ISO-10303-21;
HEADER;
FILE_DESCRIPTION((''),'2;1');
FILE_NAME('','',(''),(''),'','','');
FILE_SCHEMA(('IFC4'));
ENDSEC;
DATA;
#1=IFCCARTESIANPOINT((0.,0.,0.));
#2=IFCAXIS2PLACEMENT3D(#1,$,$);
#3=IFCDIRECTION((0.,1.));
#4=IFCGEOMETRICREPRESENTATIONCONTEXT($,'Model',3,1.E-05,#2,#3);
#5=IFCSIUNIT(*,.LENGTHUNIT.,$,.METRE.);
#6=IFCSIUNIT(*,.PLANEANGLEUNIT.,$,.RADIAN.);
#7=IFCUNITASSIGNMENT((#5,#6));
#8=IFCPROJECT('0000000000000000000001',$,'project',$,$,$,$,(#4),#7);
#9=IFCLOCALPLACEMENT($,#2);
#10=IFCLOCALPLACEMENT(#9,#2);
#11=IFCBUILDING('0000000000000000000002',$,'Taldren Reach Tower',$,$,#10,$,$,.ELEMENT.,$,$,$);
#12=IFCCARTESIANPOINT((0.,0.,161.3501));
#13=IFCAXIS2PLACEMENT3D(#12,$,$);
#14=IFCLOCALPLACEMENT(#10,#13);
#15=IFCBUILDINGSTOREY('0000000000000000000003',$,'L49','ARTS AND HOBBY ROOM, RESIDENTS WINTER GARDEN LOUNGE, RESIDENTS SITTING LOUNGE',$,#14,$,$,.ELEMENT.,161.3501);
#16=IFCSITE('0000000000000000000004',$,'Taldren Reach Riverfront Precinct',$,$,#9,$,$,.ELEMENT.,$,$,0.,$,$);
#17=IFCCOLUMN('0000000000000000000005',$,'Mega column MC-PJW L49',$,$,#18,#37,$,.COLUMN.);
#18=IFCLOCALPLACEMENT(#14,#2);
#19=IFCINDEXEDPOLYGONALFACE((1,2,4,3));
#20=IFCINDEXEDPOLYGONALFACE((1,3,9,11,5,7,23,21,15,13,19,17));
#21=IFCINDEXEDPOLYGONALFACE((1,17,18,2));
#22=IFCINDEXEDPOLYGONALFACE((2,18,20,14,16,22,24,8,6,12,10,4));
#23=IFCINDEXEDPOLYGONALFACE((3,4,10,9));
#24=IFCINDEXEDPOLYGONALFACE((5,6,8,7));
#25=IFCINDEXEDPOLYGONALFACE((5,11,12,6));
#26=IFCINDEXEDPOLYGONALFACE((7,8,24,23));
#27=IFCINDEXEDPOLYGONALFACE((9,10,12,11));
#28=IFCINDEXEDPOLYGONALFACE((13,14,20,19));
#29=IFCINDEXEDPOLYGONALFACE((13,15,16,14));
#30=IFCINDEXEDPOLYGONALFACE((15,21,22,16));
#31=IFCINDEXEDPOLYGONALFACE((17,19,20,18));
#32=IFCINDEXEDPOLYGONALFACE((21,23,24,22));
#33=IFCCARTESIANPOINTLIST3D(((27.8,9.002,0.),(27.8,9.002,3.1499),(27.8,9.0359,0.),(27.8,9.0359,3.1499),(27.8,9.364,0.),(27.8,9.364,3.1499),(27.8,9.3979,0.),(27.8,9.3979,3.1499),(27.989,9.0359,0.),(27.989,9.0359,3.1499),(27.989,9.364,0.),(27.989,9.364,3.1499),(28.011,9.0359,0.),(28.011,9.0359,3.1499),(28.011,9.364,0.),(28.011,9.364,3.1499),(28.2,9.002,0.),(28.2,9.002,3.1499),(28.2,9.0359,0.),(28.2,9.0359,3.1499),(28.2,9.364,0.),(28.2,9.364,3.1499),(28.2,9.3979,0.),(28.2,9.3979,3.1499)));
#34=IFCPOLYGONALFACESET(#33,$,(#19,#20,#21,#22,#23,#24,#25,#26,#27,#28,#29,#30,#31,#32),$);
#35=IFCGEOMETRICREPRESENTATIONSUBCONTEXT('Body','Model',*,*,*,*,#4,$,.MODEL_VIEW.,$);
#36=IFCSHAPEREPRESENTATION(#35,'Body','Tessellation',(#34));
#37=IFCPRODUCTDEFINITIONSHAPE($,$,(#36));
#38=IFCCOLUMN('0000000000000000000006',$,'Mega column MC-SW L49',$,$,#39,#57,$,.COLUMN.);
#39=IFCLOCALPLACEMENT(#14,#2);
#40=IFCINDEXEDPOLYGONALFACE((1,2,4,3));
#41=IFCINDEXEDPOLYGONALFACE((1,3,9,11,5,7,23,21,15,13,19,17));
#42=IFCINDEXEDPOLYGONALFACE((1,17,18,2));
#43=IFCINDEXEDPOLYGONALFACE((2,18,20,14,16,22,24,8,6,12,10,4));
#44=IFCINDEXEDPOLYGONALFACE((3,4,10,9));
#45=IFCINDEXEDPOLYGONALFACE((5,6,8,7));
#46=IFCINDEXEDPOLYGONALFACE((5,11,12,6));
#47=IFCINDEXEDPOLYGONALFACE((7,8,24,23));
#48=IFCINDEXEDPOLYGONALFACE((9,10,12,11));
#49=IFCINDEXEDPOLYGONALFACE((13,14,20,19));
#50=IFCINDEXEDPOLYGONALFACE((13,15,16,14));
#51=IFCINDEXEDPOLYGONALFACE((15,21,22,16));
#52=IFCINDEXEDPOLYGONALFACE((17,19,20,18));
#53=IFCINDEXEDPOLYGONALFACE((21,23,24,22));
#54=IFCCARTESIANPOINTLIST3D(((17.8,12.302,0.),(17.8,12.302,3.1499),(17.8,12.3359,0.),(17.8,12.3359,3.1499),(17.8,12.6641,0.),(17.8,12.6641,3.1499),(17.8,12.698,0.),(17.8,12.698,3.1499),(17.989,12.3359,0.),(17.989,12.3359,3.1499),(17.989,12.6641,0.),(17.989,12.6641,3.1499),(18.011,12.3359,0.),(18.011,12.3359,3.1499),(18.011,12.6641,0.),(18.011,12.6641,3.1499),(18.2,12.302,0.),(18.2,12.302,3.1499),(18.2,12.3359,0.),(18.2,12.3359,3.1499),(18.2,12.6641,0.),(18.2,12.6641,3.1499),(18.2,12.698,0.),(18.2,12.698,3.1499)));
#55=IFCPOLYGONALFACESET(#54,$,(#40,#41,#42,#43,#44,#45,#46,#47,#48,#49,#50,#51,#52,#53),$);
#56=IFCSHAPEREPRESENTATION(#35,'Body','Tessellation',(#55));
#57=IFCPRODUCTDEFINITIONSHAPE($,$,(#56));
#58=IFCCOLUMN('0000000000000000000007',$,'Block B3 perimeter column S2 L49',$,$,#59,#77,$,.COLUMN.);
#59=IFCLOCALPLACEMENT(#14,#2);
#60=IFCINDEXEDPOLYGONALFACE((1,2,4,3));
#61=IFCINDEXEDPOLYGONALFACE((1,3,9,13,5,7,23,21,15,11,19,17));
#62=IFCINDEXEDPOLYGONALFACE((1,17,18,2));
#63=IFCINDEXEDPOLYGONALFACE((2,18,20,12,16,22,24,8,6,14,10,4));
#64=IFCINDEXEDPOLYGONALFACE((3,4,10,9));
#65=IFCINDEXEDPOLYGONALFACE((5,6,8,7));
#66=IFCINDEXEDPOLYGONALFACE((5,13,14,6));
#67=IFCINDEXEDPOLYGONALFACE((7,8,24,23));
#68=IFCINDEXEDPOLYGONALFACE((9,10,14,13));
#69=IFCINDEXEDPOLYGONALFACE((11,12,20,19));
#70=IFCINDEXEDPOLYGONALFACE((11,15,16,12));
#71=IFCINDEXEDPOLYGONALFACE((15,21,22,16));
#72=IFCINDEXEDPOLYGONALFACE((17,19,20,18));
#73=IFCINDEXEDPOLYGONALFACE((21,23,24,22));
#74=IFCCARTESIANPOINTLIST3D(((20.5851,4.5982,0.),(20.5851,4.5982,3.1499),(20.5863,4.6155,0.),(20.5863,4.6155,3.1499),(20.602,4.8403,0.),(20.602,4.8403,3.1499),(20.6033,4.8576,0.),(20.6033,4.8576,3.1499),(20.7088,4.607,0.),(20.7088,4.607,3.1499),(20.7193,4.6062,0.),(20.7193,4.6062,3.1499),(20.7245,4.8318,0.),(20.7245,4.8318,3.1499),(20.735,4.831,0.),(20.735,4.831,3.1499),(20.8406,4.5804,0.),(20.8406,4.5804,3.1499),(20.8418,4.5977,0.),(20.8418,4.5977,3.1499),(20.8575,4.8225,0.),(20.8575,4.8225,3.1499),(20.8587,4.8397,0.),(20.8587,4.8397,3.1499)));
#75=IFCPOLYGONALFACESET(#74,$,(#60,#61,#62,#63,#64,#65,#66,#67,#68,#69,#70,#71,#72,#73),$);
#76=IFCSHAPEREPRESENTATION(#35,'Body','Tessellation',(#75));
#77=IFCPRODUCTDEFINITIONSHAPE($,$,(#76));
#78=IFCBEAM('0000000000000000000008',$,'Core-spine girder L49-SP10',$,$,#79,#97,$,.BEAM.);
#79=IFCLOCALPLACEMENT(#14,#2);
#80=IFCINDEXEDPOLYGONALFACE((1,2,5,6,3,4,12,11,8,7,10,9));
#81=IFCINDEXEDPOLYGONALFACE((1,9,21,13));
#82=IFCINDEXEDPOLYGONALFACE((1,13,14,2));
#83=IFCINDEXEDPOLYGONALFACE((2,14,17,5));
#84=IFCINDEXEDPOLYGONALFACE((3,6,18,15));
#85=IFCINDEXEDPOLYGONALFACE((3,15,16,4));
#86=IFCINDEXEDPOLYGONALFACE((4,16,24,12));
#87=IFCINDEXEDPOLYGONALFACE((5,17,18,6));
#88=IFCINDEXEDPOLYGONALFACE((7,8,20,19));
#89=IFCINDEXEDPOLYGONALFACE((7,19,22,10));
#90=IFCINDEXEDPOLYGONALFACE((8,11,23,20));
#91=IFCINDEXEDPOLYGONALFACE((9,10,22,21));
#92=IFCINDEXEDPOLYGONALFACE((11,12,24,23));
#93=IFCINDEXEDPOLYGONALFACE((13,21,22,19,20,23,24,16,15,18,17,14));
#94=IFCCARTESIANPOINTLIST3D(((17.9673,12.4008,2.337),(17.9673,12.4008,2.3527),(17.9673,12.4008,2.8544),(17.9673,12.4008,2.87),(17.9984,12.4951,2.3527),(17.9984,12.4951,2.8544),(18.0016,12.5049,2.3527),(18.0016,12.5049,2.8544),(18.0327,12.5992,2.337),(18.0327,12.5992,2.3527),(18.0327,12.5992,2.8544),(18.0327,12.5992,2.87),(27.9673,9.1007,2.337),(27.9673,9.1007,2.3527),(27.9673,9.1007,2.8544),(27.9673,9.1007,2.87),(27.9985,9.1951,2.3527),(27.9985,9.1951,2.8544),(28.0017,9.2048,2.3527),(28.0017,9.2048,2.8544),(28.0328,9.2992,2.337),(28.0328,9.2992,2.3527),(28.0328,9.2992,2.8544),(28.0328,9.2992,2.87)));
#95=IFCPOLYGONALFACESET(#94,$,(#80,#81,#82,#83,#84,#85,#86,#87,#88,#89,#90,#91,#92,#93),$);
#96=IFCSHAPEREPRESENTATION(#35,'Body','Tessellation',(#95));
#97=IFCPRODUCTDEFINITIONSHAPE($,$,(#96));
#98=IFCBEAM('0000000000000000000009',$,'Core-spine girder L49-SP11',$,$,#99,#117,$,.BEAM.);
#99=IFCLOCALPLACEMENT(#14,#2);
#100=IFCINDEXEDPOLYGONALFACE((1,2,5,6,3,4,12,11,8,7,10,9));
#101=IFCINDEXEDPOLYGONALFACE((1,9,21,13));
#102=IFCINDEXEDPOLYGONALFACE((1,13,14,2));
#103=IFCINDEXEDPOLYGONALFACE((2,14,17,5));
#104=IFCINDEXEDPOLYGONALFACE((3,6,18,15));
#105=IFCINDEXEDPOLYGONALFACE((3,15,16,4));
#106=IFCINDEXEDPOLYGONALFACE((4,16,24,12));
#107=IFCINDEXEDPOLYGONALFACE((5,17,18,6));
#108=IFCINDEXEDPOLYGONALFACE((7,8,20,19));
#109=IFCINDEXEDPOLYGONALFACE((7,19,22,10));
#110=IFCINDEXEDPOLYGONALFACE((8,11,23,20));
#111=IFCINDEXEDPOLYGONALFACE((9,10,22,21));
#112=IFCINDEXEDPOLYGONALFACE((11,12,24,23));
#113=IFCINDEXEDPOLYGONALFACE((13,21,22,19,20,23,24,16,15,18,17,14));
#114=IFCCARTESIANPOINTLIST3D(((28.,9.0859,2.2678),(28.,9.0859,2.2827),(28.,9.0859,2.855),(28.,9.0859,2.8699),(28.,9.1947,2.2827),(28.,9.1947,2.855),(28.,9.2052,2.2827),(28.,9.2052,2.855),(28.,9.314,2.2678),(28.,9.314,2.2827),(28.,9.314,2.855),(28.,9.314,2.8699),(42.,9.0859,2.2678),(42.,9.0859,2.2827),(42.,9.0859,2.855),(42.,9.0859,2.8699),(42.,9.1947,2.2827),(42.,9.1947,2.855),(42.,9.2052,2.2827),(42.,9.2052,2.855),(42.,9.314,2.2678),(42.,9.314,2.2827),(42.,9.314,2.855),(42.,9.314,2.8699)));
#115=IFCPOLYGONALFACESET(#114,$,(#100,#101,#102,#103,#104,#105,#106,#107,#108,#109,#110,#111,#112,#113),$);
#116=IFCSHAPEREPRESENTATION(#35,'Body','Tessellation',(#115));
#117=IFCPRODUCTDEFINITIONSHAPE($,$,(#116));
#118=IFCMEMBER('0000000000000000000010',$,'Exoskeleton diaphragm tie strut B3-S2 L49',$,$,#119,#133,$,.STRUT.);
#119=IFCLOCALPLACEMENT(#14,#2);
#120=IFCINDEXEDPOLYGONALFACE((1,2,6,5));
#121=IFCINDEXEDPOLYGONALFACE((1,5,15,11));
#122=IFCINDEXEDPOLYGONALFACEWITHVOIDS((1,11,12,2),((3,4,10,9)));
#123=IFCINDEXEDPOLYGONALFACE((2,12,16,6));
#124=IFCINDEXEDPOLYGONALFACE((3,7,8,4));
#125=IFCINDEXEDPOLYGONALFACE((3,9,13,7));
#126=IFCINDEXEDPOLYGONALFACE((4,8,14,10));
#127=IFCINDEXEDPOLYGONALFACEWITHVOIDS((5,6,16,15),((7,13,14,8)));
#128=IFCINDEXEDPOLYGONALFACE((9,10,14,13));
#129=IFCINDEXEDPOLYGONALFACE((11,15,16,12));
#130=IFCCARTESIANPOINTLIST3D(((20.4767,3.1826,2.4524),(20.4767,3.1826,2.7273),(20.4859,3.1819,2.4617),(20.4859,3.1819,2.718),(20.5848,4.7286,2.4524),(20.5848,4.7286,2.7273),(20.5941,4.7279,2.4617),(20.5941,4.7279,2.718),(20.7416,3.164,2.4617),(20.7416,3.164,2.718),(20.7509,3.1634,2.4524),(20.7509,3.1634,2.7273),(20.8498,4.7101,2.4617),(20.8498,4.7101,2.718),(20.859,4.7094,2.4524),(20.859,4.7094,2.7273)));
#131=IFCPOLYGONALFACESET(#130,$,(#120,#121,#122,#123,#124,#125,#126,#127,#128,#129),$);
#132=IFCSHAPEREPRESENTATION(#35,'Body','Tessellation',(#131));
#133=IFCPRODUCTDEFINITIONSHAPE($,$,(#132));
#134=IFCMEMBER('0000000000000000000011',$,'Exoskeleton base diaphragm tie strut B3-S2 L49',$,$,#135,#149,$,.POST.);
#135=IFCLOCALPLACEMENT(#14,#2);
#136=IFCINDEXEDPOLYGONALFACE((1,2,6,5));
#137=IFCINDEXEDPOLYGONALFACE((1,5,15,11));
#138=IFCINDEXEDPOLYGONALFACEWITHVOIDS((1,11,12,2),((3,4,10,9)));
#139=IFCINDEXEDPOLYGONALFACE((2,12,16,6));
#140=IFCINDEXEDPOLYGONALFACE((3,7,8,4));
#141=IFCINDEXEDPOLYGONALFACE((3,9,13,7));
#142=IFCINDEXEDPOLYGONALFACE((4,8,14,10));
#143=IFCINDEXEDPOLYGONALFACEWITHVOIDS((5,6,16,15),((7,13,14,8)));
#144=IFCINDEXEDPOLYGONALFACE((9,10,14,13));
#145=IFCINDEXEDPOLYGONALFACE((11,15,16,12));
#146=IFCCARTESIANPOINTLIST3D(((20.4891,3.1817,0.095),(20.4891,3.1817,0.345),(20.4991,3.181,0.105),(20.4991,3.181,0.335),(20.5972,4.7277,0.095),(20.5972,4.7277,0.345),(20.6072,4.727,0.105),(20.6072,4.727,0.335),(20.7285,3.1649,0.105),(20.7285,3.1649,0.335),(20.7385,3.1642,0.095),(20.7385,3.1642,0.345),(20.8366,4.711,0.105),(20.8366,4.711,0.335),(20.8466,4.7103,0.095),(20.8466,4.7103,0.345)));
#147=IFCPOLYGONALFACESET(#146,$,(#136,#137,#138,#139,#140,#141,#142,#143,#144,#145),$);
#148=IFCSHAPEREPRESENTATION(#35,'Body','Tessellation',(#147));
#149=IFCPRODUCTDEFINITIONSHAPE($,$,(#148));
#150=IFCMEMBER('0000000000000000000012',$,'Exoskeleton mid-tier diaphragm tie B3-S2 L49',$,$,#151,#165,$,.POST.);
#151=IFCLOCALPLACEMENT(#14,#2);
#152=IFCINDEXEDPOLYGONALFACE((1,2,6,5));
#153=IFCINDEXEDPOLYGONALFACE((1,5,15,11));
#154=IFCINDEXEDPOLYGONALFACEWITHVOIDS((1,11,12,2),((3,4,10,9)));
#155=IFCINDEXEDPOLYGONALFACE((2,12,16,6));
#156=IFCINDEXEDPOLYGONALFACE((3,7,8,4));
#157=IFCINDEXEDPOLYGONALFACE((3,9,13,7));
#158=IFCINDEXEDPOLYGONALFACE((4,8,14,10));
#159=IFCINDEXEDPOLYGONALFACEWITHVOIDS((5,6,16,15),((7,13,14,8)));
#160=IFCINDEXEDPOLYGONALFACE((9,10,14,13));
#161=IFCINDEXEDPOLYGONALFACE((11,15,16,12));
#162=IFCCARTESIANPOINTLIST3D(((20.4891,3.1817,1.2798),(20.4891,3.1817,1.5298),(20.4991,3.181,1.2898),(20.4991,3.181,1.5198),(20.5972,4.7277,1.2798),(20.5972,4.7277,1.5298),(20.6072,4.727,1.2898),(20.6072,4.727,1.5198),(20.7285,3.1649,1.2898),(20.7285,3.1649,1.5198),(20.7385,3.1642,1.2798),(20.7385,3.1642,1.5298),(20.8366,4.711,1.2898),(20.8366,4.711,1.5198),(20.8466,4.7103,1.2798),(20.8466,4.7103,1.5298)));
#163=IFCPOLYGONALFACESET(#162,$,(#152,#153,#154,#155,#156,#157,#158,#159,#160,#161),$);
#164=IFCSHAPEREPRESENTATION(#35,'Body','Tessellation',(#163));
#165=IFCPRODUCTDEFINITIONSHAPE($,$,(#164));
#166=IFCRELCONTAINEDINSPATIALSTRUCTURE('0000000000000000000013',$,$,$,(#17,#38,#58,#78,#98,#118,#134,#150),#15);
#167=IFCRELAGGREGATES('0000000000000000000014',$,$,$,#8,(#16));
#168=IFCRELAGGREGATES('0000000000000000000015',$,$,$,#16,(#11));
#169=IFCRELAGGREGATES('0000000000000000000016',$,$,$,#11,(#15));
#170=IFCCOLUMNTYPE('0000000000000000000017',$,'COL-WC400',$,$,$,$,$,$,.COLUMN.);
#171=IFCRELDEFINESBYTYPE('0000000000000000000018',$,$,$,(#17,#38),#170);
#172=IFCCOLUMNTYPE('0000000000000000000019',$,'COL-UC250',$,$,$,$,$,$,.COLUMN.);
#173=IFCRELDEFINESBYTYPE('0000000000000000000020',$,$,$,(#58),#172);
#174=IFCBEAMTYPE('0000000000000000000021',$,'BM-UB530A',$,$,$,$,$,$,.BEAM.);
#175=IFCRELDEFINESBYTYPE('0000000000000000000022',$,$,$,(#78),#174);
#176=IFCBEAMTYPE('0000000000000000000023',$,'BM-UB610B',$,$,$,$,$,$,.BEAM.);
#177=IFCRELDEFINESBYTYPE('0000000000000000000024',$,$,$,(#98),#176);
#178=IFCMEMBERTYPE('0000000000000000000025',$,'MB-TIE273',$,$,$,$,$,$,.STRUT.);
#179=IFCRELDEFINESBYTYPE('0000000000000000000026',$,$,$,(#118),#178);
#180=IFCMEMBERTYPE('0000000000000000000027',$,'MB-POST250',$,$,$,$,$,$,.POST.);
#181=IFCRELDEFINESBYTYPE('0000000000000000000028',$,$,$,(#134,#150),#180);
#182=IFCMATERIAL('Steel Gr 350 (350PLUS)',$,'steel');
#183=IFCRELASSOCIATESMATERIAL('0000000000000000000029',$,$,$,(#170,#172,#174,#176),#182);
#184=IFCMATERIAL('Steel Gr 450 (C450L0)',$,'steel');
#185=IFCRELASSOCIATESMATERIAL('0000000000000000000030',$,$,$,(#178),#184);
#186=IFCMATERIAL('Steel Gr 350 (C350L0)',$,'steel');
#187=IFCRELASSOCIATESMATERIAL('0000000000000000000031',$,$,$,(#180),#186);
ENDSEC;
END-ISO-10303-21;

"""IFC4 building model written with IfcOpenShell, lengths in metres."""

from ifc_helpers import new_model, si_unit, direction, frame, origin, origin_2d, place, context, subcontext, project, spatial, hollow_rectangle, i_section, extrude, source, transform, mapped, material, material_profile, profile_set, type_object, element, save


model = new_model("IFC4")

# Units and contexts
model_context = context("Model", 3, precision=1e-05, world=origin(), true_north=direction((0.0, 1.0)))
body_context = subcontext(model_context, "Body", "Model", "MODEL_VIEW")
ifc_project = project(units=[si_unit("LENGTHUNIT", "METRE"), si_unit("PLANEANGLEUNIT", "RADIAN")], contexts=[model_context])

# Site, building, storey
site_placement = place(None, origin())
site = spatial("IfcSite", under=ifc_project, at=site_placement, Name="Taldren Reach Riverfront Precinct", CompositionType="ELEMENT", RefElevation=0.0)
building_placement = place(site_placement, origin())
building = spatial("IfcBuilding", under=site, at=building_placement, Name="Taldren Reach Tower", CompositionType="ELEMENT")
storey_placement = place(building_placement, frame((0.0, 0.0, 161.3501)))
storey = spatial("IfcBuildingStorey", under=building, at=storey_placement, Name="L49", Description="ARTS AND HOBBY ROOM, RESIDENTS WINTER GARDEN LOUNGE, RESIDENTS SITTING LOUNGE", CompositionType="ELEMENT", Elevation=161.3501)

# Columns
ifc_material_1 = material(Name="Steel Gr 350 (350PLUS)", Category="steel")
ifc_material_profile_1 = material_profile(ifc_material_1, i_section(OverallWidth=0.3999, OverallDepth=0.396, WebThickness=0.022, FlangeThickness=0.0339, at=origin_2d()), Name="400WC270")
ifc_profile_set_1 = profile_set([ifc_material_profile_1], Name="Steel Gr 350 (350PLUS)")
column_type_1 = type_object("IfcColumnType", Name="COL-WC400", PredefinedType="COLUMN", material=ifc_profile_set_1)
shared_shape_1 = source(origin(), body_context, "Body", "SweptSolid", [
    extrude(i_section(OverallWidth=0.3999, OverallDepth=0.396, WebThickness=0.022, FlangeThickness=0.0339, at=origin_2d()), origin(), (0.0, 0.0, 1.0), 3.1499),
])
for number, where, z_axis, x_axis, name in (
    (1, (28.0, 9.2, 0.0), (0.0, 0.0, 1.0), (1.0, 0.0, 0.0), "Mega column MC-PJW L49"),
    (2, (18.0, 12.5, 0.0), (0.0, 0.0, 1.0), (1.0, 0.0, 0.0), "Mega column MC-SW L49"),
):
    element("IfcColumn", number, at=place(storey_placement, frame(where, z_axis=z_axis, x_axis=x_axis)), inside=storey, type_object=column_type_1, Name=name, PredefinedType="COLUMN", context=body_context, shape_type="MappedRepresentation", body=[
        mapped(shared_shape_1, transform((0.0, 0.0, 0.0), scale=1.0)),
    ])
ifc_material_profile_2 = material_profile(ifc_material_1, i_section(OverallWidth=0.2561, OverallDepth=0.26, WebThickness=0.0105, FlangeThickness=0.0173, at=origin_2d()), Name="250UC89.5")
ifc_profile_set_2 = profile_set([ifc_material_profile_2], Name="Steel Gr 350 (350PLUS)")
column_type_2 = type_object("IfcColumnType", Name="COL-UC250", PredefinedType="COLUMN", material=ifc_profile_set_2)
shared_shape_2 = source(origin(), body_context, "Body", "SweptSolid", [
    extrude(i_section(OverallWidth=0.2561, OverallDepth=0.26, WebThickness=0.0105, FlangeThickness=0.0173, at=origin_2d()), origin(), (0.0, 0.0, 1.0), 3.1499),
])
column_placement = place(storey_placement, frame((20.7219, 4.719, 0.0), z_axis=(0.0, 0.0, 1.0), x_axis=(0.997564, -0.069756, 0.0)))
element("IfcColumn", 3, at=column_placement, inside=storey, type_object=column_type_2, Name="Block B3 perimeter column S2 L49", PredefinedType="COLUMN", context=body_context, shape_type="MappedRepresentation", body=[
    mapped(shared_shape_2, transform((0.0, 0.0, 0.0), scale=1.0)),
])

# Beams
ifc_material_profile_3 = material_profile(ifc_material_1, i_section(OverallWidth=0.209, OverallDepth=0.533, WebThickness=0.0103, FlangeThickness=0.0156, at=origin_2d()), Name="530UB92.4")
ifc_profile_set_3 = profile_set([ifc_material_profile_3], Name="Steel Gr 350 (350PLUS)")
beam_type_1 = type_object("IfcBeamType", Name="BM-UB530A", PredefinedType="BEAM", material=ifc_profile_set_3)
shared_shape_3 = source(origin(), body_context, "Body", "SweptSolid", [
    extrude(i_section(OverallWidth=0.209, OverallDepth=0.533, WebThickness=0.0103, FlangeThickness=0.0156, at=origin_2d()), origin(), (0.0, 0.0, 1.0), 10.5305),
])
beam_1_placement = place(storey_placement, frame((18.0, 12.5, 2.6035), z_axis=(0.949627, -0.313382, 0.0), x_axis=(0.313382, 0.949627, 0.0)))
element("IfcBeam", 4, at=beam_1_placement, inside=storey, type_object=beam_type_1, Name="Core-spine girder L49-SP10", PredefinedType="BEAM", context=body_context, shape_type="MappedRepresentation", body=[
    mapped(shared_shape_3, transform((0.0, 0.0, 0.0), scale=1.0)),
])
ifc_material_profile_4 = material_profile(ifc_material_1, i_section(OverallWidth=0.228, OverallDepth=0.6021, WebThickness=0.0105, FlangeThickness=0.0149, at=origin_2d()), Name="610UB101")
ifc_profile_set_4 = profile_set([ifc_material_profile_4], Name="Steel Gr 350 (350PLUS)")
beam_type_2 = type_object("IfcBeamType", Name="BM-UB610B", PredefinedType="BEAM", material=ifc_profile_set_4)
shared_shape_4 = source(origin(), body_context, "Body", "SweptSolid", [
    extrude(i_section(OverallWidth=0.228, OverallDepth=0.6021, WebThickness=0.0105, FlangeThickness=0.0149, at=origin_2d()), origin(), (0.0, 0.0, 1.0), 14.0),
])
beam_2_placement = place(storey_placement, frame((28.0, 9.2, 2.5688), z_axis=(1.0, 0.0, 0.0), x_axis=(0.0, 1.0, 0.0)))
element("IfcBeam", 5, at=beam_2_placement, inside=storey, type_object=beam_type_2, Name="Core-spine girder L49-SP11", PredefinedType="BEAM", context=body_context, shape_type="MappedRepresentation", body=[
    mapped(shared_shape_4, transform((0.0, 0.0, 0.0), scale=1.0)),
])

# Members
ifc_material_2 = material(Name="Steel Gr 450 (C450L0)", Category="steel")
ifc_material_profile_5 = material_profile(ifc_material_2, hollow_rectangle(XDim=0.2749, YDim=0.2749, WallThickness=0.0093, at=origin_2d()), Name="275x275x9.3SHS")
ifc_profile_set_5 = profile_set([ifc_material_profile_5], Name="Steel Gr 450 (C450L0)")
member_type_1 = type_object("IfcMemberType", Name="MB-TIE273", PredefinedType="STRUT", material=ifc_profile_set_5)
shared_shape_5 = source(origin(), body_context, "Body", "SweptSolid", [
    extrude(hollow_rectangle(XDim=0.2749, YDim=0.2749, WallThickness=0.0093, at=origin_2d()), origin(), (0.0, 0.0, 1.0), 1.5498),
])
member_placement = place(storey_placement, frame((20.7219, 4.719, 2.5898), z_axis=(-0.069781, -0.997562, 0.0), x_axis=(0.997562, -0.069781, 0.0)))
element("IfcMember", 6, at=member_placement, inside=storey, type_object=member_type_1, Name="Exoskeleton diaphragm tie strut B3-S2 L49", PredefinedType="STRUT", context=body_context, shape_type="MappedRepresentation", body=[
    mapped(shared_shape_5, transform((0.0, 0.0, 0.0), scale=1.0)),
])
ifc_material_3 = material(Name="Steel Gr 350 (C350L0)", Category="steel")
ifc_material_profile_6 = material_profile(ifc_material_3, hollow_rectangle(XDim=0.25, YDim=0.25, WallThickness=0.01, at=origin_2d()), Name="250x250x10.0SHS")
ifc_profile_set_6 = profile_set([ifc_material_profile_6], Name="Steel Gr 350 (C350L0)")
member_type_2 = type_object("IfcMemberType", Name="MB-POST250", PredefinedType="POST", material=ifc_profile_set_6)
shared_shape_6 = source(origin(), body_context, "Body", "SweptSolid", [
    extrude(hollow_rectangle(XDim=0.25, YDim=0.25, WallThickness=0.01, at=origin_2d()), origin(), (0.0, 0.0, 1.0), 1.5498),
])
for number, where, z_axis, x_axis, name in (
    (7, (20.7219, 4.719, 0.22), (-0.069781, -0.997562, 0.0), (0.997562, -0.069781, 0.0), "Exoskeleton base diaphragm tie strut B3-S2 L49"),
    (8, (20.7219, 4.719, 1.4048), (-0.069781, -0.997562, 0.0), (0.997562, -0.069781, 0.0), "Exoskeleton mid-tier diaphragm tie B3-S2 L49"),
):
    element("IfcMember", number, at=place(storey_placement, frame(where, z_axis=z_axis, x_axis=x_axis)), inside=storey, type_object=member_type_2, Name=name, PredefinedType="POST", context=body_context, shape_type="MappedRepresentation", body=[
        mapped(shared_shape_6, transform((0.0, 0.0, 0.0), scale=1.0)),
    ])

save(model, "model.ifc")
